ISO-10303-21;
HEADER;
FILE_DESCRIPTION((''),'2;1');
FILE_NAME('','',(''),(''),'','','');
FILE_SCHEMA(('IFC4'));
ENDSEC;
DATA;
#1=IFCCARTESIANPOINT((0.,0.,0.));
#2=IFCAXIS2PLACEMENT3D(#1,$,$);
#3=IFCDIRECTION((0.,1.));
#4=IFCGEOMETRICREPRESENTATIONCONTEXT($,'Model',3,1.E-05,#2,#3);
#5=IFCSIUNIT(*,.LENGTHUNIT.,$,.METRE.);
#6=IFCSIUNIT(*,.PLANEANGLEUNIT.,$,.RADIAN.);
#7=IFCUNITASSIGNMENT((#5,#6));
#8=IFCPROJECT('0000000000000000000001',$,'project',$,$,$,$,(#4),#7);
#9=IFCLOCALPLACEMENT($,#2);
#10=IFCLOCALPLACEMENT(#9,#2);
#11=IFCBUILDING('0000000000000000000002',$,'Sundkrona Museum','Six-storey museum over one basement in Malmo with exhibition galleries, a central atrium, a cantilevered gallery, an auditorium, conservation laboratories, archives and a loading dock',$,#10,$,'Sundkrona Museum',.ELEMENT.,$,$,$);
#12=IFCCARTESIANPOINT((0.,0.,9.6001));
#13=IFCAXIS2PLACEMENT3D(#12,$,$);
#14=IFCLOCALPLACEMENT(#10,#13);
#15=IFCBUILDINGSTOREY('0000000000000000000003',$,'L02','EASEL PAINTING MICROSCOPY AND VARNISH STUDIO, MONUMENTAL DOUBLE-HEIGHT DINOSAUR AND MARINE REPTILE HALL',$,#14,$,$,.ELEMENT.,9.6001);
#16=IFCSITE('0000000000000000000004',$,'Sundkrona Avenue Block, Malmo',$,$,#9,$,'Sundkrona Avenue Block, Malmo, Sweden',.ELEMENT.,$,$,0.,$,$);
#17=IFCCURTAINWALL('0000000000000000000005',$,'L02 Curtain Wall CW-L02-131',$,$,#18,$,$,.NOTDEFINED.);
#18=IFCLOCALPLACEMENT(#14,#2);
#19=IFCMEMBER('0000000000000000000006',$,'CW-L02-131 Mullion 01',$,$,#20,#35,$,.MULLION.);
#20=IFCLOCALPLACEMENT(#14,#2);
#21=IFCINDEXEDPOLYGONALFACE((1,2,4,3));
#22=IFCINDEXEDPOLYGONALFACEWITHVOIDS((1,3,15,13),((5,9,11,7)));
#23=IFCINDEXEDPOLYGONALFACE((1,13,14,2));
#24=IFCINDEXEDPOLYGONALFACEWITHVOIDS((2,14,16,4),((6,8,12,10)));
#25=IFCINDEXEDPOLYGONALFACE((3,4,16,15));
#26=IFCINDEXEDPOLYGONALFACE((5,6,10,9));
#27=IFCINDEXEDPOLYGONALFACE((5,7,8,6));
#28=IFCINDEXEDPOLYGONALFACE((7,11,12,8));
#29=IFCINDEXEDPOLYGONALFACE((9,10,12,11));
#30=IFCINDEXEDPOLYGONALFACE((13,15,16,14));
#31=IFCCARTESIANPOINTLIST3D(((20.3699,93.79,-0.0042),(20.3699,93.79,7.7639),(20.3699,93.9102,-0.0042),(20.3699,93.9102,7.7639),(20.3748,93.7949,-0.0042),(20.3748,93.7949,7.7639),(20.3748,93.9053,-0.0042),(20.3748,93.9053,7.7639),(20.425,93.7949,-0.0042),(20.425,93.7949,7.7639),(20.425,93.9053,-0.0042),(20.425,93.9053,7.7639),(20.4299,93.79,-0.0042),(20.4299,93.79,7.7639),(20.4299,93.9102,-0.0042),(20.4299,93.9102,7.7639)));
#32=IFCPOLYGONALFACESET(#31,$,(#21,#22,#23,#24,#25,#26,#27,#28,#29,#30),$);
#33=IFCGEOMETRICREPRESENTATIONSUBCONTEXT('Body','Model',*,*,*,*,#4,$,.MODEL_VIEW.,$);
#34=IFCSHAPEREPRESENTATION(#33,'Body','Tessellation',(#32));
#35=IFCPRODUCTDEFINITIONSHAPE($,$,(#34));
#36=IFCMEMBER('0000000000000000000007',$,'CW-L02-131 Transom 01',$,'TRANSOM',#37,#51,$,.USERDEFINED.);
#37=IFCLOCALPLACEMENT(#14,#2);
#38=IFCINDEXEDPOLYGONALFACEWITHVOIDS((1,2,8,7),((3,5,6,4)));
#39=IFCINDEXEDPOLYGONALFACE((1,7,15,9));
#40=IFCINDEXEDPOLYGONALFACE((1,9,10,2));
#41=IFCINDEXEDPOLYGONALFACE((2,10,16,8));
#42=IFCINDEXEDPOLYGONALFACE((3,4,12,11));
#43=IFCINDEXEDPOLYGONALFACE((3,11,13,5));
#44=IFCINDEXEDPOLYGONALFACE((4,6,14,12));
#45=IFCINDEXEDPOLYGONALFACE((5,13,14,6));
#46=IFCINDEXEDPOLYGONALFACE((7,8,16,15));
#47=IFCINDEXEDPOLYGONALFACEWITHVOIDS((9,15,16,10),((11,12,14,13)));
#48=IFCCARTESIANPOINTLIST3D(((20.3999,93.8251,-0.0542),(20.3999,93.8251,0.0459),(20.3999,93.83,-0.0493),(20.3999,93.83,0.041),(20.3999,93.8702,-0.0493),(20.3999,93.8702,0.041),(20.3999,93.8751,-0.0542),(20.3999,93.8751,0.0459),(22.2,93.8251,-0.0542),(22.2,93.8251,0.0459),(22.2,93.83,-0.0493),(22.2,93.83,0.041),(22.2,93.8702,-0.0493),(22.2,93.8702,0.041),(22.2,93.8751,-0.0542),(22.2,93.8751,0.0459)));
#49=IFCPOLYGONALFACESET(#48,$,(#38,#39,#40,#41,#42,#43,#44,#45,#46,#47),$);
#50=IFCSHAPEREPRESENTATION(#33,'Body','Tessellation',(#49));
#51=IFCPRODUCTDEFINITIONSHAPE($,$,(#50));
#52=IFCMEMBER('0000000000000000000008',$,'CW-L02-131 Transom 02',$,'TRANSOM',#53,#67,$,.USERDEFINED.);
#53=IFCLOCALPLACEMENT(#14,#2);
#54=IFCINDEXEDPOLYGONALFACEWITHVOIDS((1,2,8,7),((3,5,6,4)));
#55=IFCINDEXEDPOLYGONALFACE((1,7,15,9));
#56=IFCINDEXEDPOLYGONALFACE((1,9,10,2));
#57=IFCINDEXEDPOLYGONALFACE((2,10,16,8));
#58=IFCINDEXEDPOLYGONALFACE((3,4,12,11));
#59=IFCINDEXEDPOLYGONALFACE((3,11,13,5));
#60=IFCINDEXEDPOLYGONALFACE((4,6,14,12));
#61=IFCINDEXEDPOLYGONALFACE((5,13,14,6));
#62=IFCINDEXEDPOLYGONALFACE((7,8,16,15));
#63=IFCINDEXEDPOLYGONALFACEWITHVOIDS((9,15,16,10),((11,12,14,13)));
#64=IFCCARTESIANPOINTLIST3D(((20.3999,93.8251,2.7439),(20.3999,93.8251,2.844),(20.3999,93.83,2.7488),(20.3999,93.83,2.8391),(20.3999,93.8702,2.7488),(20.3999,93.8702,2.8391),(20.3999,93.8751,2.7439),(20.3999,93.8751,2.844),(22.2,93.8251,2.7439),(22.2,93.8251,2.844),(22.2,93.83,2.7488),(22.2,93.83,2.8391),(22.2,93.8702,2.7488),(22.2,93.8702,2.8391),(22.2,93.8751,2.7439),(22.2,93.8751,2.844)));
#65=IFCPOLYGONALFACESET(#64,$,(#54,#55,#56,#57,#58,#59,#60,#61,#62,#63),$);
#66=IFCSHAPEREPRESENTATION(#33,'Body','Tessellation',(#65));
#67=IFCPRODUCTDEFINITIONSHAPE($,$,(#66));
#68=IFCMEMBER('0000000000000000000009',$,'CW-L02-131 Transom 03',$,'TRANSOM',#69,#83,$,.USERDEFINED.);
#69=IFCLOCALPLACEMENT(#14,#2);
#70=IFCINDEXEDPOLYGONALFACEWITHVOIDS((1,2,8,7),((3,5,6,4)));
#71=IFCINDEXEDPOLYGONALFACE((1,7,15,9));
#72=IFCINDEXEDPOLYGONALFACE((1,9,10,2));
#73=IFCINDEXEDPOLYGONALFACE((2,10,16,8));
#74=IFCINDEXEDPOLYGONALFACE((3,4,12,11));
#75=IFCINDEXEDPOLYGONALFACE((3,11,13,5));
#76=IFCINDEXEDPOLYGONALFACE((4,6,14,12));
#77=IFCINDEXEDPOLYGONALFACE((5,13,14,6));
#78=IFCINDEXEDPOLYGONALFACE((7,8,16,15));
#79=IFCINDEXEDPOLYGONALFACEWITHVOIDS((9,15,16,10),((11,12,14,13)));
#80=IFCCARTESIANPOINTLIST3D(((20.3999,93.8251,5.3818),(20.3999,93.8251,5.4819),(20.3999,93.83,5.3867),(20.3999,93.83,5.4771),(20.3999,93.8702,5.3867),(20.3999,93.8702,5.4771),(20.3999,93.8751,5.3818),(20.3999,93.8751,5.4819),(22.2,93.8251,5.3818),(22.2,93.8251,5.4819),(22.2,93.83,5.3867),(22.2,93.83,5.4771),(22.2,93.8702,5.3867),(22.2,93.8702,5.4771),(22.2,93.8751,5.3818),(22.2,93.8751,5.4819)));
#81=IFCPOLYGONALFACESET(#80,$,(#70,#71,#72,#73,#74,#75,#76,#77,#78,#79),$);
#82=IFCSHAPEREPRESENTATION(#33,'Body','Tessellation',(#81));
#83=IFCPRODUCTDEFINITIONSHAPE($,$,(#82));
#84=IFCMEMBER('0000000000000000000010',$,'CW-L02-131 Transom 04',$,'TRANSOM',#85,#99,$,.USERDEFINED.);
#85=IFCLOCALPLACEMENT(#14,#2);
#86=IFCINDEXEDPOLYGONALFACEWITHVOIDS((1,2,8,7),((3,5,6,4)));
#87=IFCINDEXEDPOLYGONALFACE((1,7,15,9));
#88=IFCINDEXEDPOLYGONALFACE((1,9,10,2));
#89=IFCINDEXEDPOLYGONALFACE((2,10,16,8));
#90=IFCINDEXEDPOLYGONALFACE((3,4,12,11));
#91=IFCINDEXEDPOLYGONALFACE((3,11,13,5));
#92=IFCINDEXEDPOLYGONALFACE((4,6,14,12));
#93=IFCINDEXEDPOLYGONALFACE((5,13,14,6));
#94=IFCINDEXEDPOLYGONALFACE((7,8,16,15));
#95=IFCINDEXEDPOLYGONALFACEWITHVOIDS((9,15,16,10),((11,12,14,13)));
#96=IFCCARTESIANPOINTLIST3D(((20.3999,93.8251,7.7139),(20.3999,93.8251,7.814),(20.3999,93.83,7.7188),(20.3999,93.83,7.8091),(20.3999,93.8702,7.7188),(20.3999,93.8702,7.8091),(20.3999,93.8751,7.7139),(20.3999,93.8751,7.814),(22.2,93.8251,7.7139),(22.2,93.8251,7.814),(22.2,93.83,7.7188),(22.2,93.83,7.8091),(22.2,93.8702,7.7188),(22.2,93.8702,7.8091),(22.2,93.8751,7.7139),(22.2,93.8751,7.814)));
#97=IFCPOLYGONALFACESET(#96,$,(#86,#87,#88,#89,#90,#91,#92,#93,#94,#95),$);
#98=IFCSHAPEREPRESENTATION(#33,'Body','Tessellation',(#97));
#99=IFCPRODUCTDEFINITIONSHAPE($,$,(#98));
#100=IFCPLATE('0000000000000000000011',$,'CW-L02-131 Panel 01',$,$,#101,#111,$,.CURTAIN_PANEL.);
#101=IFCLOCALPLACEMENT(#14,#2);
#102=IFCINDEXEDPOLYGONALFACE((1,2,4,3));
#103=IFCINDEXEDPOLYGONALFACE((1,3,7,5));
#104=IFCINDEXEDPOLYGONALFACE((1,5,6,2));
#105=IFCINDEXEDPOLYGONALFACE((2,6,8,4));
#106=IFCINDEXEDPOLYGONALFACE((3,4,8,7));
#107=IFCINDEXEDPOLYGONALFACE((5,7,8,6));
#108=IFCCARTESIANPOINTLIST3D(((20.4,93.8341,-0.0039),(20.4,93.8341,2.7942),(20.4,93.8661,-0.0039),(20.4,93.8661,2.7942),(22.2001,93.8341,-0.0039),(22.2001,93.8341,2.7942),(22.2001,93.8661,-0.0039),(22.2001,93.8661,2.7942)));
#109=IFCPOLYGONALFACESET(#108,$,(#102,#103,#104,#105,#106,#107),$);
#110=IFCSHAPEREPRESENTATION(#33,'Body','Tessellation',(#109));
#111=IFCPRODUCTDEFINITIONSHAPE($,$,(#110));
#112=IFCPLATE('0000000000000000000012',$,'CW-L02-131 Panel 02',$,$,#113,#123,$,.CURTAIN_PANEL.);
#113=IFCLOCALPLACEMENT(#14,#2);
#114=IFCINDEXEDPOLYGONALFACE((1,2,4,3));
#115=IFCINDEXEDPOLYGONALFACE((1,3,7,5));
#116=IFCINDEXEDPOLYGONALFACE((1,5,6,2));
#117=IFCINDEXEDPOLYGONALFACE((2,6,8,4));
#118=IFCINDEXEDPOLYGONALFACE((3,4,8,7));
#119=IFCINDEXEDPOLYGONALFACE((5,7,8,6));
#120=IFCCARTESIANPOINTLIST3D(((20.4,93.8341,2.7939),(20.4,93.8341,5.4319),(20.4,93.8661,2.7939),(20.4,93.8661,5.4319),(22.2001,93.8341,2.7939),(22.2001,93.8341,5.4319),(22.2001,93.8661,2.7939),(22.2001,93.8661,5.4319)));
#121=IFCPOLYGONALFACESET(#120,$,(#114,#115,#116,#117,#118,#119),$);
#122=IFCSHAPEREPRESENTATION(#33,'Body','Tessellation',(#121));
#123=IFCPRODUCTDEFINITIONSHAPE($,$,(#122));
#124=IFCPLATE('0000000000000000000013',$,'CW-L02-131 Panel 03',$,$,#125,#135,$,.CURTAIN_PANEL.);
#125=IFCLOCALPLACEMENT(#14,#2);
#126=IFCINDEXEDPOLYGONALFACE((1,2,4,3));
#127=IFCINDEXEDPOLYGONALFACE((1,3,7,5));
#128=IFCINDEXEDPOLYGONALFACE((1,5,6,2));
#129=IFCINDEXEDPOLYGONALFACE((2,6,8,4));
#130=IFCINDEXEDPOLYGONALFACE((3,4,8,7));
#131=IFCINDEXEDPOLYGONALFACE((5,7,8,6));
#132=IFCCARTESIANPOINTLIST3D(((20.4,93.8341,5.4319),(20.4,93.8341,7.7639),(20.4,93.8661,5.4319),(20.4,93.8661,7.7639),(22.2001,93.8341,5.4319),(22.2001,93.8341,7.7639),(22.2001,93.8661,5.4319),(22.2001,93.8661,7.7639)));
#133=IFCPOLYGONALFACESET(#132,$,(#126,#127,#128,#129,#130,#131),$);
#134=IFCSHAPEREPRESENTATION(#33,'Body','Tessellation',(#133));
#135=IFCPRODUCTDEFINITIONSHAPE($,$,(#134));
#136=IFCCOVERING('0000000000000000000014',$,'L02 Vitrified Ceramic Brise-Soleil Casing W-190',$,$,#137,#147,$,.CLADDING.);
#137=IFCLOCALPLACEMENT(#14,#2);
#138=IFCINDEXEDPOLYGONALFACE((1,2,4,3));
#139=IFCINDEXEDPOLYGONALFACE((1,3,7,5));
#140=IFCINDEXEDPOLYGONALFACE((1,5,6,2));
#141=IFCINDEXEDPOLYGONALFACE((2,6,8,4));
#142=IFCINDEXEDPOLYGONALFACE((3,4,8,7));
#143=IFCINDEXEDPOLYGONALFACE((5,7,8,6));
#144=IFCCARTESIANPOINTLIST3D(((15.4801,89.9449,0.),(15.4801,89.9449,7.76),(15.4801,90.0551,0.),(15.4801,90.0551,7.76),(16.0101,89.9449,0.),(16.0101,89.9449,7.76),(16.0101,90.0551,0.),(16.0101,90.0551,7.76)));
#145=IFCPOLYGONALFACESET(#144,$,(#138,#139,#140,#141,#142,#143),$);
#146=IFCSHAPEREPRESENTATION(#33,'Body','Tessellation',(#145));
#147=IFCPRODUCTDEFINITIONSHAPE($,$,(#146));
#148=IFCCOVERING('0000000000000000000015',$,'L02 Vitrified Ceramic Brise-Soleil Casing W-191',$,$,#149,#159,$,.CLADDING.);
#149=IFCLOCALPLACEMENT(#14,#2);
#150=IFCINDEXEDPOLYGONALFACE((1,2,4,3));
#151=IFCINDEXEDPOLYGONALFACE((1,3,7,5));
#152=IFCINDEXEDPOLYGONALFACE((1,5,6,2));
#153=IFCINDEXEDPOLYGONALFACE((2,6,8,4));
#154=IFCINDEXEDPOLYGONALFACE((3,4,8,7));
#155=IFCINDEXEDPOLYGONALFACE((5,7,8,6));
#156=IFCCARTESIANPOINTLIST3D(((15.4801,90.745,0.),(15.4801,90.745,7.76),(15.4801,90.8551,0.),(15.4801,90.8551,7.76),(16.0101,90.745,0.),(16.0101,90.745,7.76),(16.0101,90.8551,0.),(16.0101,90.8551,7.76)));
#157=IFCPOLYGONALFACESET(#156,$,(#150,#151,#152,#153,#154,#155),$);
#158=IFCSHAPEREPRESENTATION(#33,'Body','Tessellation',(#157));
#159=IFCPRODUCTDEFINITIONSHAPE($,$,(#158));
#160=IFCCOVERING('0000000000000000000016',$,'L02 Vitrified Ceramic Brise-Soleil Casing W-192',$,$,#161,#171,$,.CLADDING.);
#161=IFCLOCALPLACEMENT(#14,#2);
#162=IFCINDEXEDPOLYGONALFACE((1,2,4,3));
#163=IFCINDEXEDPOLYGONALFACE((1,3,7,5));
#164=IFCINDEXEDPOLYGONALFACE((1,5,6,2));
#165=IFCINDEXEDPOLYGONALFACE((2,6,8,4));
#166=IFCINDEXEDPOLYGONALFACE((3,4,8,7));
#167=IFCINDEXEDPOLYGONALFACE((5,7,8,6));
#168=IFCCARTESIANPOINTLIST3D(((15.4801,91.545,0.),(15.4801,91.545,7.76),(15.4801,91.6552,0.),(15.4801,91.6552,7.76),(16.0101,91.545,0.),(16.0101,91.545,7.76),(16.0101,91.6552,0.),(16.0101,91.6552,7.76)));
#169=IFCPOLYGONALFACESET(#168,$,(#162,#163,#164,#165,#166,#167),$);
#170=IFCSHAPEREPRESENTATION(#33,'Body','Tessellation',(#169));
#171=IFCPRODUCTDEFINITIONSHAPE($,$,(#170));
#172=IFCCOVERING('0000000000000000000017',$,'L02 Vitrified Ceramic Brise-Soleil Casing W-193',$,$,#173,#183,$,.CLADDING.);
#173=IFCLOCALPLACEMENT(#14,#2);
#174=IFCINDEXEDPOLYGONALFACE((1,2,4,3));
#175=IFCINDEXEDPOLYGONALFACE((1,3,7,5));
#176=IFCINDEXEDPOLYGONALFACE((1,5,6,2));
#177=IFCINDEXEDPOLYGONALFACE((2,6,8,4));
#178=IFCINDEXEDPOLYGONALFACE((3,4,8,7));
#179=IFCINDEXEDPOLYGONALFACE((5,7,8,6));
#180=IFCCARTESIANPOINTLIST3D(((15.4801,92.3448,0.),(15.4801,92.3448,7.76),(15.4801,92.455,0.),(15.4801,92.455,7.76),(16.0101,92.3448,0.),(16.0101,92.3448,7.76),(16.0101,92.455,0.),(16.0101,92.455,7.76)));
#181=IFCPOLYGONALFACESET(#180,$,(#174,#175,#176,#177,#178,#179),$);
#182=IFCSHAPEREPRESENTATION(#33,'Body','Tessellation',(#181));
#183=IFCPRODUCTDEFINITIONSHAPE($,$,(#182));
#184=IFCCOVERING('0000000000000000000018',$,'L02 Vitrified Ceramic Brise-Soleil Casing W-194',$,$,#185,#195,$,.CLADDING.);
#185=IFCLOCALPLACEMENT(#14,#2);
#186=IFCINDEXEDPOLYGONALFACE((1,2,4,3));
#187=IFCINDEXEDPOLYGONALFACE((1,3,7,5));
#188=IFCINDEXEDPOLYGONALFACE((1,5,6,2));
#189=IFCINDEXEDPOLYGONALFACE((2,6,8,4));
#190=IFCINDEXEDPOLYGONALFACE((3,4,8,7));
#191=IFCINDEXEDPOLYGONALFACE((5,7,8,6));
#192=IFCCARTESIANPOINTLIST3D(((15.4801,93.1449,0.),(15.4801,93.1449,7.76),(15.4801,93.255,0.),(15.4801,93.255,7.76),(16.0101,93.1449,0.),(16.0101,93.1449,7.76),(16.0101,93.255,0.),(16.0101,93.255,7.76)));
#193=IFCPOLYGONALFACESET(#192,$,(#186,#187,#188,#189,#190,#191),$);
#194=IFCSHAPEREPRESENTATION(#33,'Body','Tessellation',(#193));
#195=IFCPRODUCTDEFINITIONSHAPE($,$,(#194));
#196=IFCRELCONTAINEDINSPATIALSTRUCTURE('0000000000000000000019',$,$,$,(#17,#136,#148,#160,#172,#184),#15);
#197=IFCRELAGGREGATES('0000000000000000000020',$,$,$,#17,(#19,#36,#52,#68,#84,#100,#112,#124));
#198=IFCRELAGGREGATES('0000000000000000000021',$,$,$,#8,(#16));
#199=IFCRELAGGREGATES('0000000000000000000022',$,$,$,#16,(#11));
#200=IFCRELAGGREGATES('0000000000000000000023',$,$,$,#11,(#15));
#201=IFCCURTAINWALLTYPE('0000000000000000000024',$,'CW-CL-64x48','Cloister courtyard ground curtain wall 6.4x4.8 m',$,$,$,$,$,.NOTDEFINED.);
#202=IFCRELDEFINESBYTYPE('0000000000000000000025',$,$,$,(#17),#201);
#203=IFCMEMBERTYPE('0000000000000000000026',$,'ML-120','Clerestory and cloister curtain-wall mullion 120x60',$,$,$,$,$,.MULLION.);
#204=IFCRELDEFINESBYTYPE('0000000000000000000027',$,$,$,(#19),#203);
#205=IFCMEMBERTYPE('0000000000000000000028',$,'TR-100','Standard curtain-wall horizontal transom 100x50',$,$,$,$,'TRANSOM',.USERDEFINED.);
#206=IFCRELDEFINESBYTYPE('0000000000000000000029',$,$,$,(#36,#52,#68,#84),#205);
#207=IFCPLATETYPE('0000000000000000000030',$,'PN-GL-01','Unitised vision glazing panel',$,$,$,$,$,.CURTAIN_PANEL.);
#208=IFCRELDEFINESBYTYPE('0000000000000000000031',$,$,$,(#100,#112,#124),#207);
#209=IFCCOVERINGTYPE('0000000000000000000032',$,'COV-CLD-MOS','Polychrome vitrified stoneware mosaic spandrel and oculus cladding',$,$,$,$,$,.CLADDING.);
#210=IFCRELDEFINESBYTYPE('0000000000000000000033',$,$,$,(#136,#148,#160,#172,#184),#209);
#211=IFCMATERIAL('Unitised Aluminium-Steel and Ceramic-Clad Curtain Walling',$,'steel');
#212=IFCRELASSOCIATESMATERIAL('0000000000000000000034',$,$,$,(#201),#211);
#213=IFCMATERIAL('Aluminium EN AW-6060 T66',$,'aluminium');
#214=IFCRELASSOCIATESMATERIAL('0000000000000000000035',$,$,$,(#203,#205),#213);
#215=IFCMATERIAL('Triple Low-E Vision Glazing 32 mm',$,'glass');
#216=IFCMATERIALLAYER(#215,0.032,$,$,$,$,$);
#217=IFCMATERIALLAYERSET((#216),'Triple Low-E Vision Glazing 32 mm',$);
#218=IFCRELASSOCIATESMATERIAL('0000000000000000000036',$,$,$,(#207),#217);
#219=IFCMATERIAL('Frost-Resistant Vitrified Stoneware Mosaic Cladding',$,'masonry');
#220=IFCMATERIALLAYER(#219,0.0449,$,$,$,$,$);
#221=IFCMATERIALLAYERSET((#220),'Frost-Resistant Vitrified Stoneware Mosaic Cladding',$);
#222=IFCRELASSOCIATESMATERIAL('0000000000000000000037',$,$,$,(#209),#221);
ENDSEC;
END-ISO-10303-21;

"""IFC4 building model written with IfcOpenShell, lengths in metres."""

from ifc_helpers import new_model, si_unit, direction, frame, origin, origin_2d, place, context, subcontext, project, spatial, rectangle, hollow_rectangle, extrude, material, layer, layer_set, material_profile, profile_set, type_object, element, aggregate, save


model = new_model("IFC4")

# Units and contexts
model_context = context("Model", 3, precision=1e-05, world=origin(), true_north=direction((0.0, 1.0)))
body_context = subcontext(model_context, "Body", "Model", "MODEL_VIEW")
ifc_project = project(units=[si_unit("LENGTHUNIT", "METRE"), si_unit("PLANEANGLEUNIT", "RADIAN")], contexts=[model_context])

# Site, building, storey
site_placement = place(None, origin())
site = spatial("IfcSite", under=ifc_project, at=site_placement, Name="Sundkrona Avenue Block, Malmo", LongName="Sundkrona Avenue Block, Malmo, Sweden", CompositionType="ELEMENT", RefElevation=0.0)
building_placement = place(site_placement, origin())
building = spatial("IfcBuilding", under=site, at=building_placement, Name="Sundkrona Museum", Description="Six-storey museum over one basement in Malmo with exhibition galleries, a central atrium, a cantilevered gallery, an auditorium, conservation laboratories, archives and a loading dock", LongName="Sundkrona Museum", CompositionType="ELEMENT")
storey_placement = place(building_placement, frame((0.0, 0.0, 9.6001)))
storey = spatial("IfcBuildingStorey", under=building, at=storey_placement, Name="L02", Description="EASEL PAINTING MICROSCOPY AND VARNISH STUDIO, MONUMENTAL DOUBLE-HEIGHT DINOSAUR AND MARINE REPTILE HALL", CompositionType="ELEMENT", Elevation=9.6001)

# Curtain wall, members, plates
ifc_material_1 = material(Name="Unitised Aluminium-Steel and Ceramic-Clad Curtain Walling", Category="steel")
curtain_wall_type = type_object("IfcCurtainWallType", Name="CW-CL-64x48", Description="Cloister courtyard ground curtain wall 6.4x4.8 m", PredefinedType="NOTDEFINED", material=ifc_material_1)
curtain_wall_placement = place(storey_placement, origin())
curtain_wall = element("IfcCurtainWall", 1, at=curtain_wall_placement, inside=storey, type_object=curtain_wall_type, Name="L02 Curtain Wall CW-L02-131", PredefinedType="NOTDEFINED")
ifc_material_2 = material(Name="Aluminium EN AW-6060 T66", Category="aluminium")
ifc_material_profile_1 = material_profile(ifc_material_2, hollow_rectangle(XDim=0.0601, YDim=0.1201, WallThickness=0.0049, at=origin_2d()), Name="RHS 120x60x5.0")
ifc_profile_set_1 = profile_set([ifc_material_profile_1], Name="Aluminium EN AW-6060 T66")
member_type_1 = type_object("IfcMemberType", Name="ML-120", Description="Clerestory and cloister curtain-wall mullion 120x60", PredefinedType="MULLION", material=ifc_profile_set_1)
member_1_placement = place(storey_placement, frame((20.3999, 93.8501, -0.0042), z_axis=(0.0, 0.0, 1.0), x_axis=(1.0, 0.0, 0.0)))
member_1 = element("IfcMember", 2, at=member_1_placement, type_object=member_type_1, Name="CW-L02-131 Mullion 01", PredefinedType="MULLION", context=body_context, shape_type="SweptSolid", body=[
    extrude(hollow_rectangle(XDim=0.0601, YDim=0.1201, WallThickness=0.0049, at=origin_2d()), origin(), (0.0, 0.0, 1.0), 7.7681),
])
ifc_material_profile_2 = material_profile(ifc_material_2, hollow_rectangle(XDim=0.05, YDim=0.1001, WallThickness=0.0049, at=origin_2d()), Name="RHS 100x50x5.0")
ifc_profile_set_2 = profile_set([ifc_material_profile_2], Name="Aluminium EN AW-6060 T66")
member_type_2 = type_object("IfcMemberType", Name="TR-100", Description="Standard curtain-wall horizontal transom 100x50", ElementType="TRANSOM", PredefinedType="USERDEFINED", material=ifc_profile_set_2)
member_2_placement = place(storey_placement, frame((20.3999, 93.8501, -0.0042), z_axis=(1.0, 0.0, 0.0), x_axis=(0.0, 1.0, 0.0)))
member_2 = element("IfcMember", 3, at=member_2_placement, type_object=member_type_2, Name="CW-L02-131 Transom 01", ObjectType="TRANSOM", PredefinedType="USERDEFINED", context=body_context, shape_type="SweptSolid", body=[
    extrude(hollow_rectangle(XDim=0.05, YDim=0.1001, WallThickness=0.0049, at=origin_2d()), origin(), (0.0, 0.0, 1.0), 1.8),
])
member_3_placement = place(storey_placement, frame((20.3999, 93.8501, 2.7939), z_axis=(1.0, 0.0, 0.0), x_axis=(0.0, 1.0, 0.0)))
member_3 = element("IfcMember", 4, at=member_3_placement, type_object=member_type_2, Name="CW-L02-131 Transom 02", ObjectType="TRANSOM", PredefinedType="USERDEFINED", context=body_context, shape_type="SweptSolid", body=[
    extrude(hollow_rectangle(XDim=0.05, YDim=0.1001, WallThickness=0.0049, at=origin_2d()), origin(), (0.0, 0.0, 1.0), 1.8),
])
member_4_placement = place(storey_placement, frame((20.3999, 93.8501, 5.4319), z_axis=(1.0, 0.0, 0.0), x_axis=(0.0, 1.0, 0.0)))
member_4 = element("IfcMember", 5, at=member_4_placement, type_object=member_type_2, Name="CW-L02-131 Transom 03", ObjectType="TRANSOM", PredefinedType="USERDEFINED", context=body_context, shape_type="SweptSolid", body=[
    extrude(hollow_rectangle(XDim=0.05, YDim=0.1001, WallThickness=0.0049, at=origin_2d()), origin(), (0.0, 0.0, 1.0), 1.8),
])
member_5_placement = place(storey_placement, frame((20.3999, 93.8501, 7.7639), z_axis=(1.0, 0.0, 0.0), x_axis=(0.0, 1.0, 0.0)))
member_5 = element("IfcMember", 6, at=member_5_placement, type_object=member_type_2, Name="CW-L02-131 Transom 04", ObjectType="TRANSOM", PredefinedType="USERDEFINED", context=body_context, shape_type="SweptSolid", body=[
    extrude(hollow_rectangle(XDim=0.05, YDim=0.1001, WallThickness=0.0049, at=origin_2d()), origin(), (0.0, 0.0, 1.0), 1.8),
])
ifc_material_3 = material(Name="Triple Low-E Vision Glazing 32 mm", Category="glass")
ifc_layer_1 = layer(ifc_material_3, 0.032)
ifc_layer_set_1 = layer_set([ifc_layer_1], Name="Triple Low-E Vision Glazing 32 mm")
plate_type = type_object("IfcPlateType", Name="PN-GL-01", Description="Unitised vision glazing panel", PredefinedType="CURTAIN_PANEL", material=ifc_layer_set_1)
plate_1_placement = place(storey_placement, frame((21.3, 93.8501, -0.0039), z_axis=(0.0, 0.0, 1.0), x_axis=(1.0, 0.0, 0.0)))
plate_1 = element("IfcPlate", 7, at=plate_1_placement, type_object=plate_type, Name="CW-L02-131 Panel 01", PredefinedType="CURTAIN_PANEL", context=body_context, shape_type="SweptSolid", body=[
    extrude(rectangle(XDim=1.8, YDim=0.032, at=origin_2d()), origin(), (0.0, 0.0, 1.0), 2.7981),
])
plate_2_placement = place(storey_placement, frame((21.3, 93.8501, 2.7939), z_axis=(0.0, 0.0, 1.0), x_axis=(1.0, 0.0, 0.0)))
plate_2 = element("IfcPlate", 8, at=plate_2_placement, type_object=plate_type, Name="CW-L02-131 Panel 02", PredefinedType="CURTAIN_PANEL", context=body_context, shape_type="SweptSolid", body=[
    extrude(rectangle(XDim=1.8, YDim=0.032, at=origin_2d()), origin(), (0.0, 0.0, 1.0), 2.6379),
])
plate_3_placement = place(storey_placement, frame((21.3, 93.8501, 5.4319), z_axis=(0.0, 0.0, 1.0), x_axis=(1.0, 0.0, 0.0)))
plate_3 = element("IfcPlate", 9, at=plate_3_placement, type_object=plate_type, Name="CW-L02-131 Panel 03", PredefinedType="CURTAIN_PANEL", context=body_context, shape_type="SweptSolid", body=[
    extrude(rectangle(XDim=1.8, YDim=0.032, at=origin_2d()), origin(), (0.0, 0.0, 1.0), 2.332),
])
aggregate(curtain_wall, [member_1, member_2, member_3, member_4, member_5, plate_1, plate_2, plate_3])

# Coverings
ifc_material_4 = material(Name="Frost-Resistant Vitrified Stoneware Mosaic Cladding", Category="masonry")
ifc_layer_2 = layer(ifc_material_4, 0.0449)
ifc_layer_set_2 = layer_set([ifc_layer_2], Name="Frost-Resistant Vitrified Stoneware Mosaic Cladding")
covering_type = type_object("IfcCoveringType", Name="COV-CLD-MOS", Description="Polychrome vitrified stoneware mosaic spandrel and oculus cladding", PredefinedType="CLADDING", material=ifc_layer_set_2)
for number, where, z_axis, x_axis, name in (
    (10, (15.7451, 90.0, 0.0), (0.0, 0.0, 1.0), (1.0, 0.0, 0.0), "L02 Vitrified Ceramic Brise-Soleil Casing W-190"),
    (11, (15.7451, 90.8, 0.0), (0.0, 0.0, 1.0), (1.0, 0.0, 0.0), "L02 Vitrified Ceramic Brise-Soleil Casing W-191"),
    (12, (15.7451, 91.6001, 0.0), (0.0, 0.0, 1.0), (1.0, 0.0, 0.0), "L02 Vitrified Ceramic Brise-Soleil Casing W-192"),
    (13, (15.7451, 92.3999, 0.0), (0.0, 0.0, 1.0), (1.0, 0.0, 0.0), "L02 Vitrified Ceramic Brise-Soleil Casing W-193"),
    (14, (15.7451, 93.2, 0.0), (0.0, 0.0, 1.0), (1.0, 0.0, 0.0), "L02 Vitrified Ceramic Brise-Soleil Casing W-194"),
):
    element("IfcCovering", number, at=place(storey_placement, frame(where, z_axis=z_axis, x_axis=x_axis)), inside=storey, type_object=covering_type, Name=name, PredefinedType="CLADDING", context=body_context, shape_type="SweptSolid", body=[
        extrude(rectangle(XDim=0.53, YDim=0.1101, at=origin_2d()), origin(), (0.0, 0.0, 1.0), 7.76),
    ])

save(model, "model.ifc")
